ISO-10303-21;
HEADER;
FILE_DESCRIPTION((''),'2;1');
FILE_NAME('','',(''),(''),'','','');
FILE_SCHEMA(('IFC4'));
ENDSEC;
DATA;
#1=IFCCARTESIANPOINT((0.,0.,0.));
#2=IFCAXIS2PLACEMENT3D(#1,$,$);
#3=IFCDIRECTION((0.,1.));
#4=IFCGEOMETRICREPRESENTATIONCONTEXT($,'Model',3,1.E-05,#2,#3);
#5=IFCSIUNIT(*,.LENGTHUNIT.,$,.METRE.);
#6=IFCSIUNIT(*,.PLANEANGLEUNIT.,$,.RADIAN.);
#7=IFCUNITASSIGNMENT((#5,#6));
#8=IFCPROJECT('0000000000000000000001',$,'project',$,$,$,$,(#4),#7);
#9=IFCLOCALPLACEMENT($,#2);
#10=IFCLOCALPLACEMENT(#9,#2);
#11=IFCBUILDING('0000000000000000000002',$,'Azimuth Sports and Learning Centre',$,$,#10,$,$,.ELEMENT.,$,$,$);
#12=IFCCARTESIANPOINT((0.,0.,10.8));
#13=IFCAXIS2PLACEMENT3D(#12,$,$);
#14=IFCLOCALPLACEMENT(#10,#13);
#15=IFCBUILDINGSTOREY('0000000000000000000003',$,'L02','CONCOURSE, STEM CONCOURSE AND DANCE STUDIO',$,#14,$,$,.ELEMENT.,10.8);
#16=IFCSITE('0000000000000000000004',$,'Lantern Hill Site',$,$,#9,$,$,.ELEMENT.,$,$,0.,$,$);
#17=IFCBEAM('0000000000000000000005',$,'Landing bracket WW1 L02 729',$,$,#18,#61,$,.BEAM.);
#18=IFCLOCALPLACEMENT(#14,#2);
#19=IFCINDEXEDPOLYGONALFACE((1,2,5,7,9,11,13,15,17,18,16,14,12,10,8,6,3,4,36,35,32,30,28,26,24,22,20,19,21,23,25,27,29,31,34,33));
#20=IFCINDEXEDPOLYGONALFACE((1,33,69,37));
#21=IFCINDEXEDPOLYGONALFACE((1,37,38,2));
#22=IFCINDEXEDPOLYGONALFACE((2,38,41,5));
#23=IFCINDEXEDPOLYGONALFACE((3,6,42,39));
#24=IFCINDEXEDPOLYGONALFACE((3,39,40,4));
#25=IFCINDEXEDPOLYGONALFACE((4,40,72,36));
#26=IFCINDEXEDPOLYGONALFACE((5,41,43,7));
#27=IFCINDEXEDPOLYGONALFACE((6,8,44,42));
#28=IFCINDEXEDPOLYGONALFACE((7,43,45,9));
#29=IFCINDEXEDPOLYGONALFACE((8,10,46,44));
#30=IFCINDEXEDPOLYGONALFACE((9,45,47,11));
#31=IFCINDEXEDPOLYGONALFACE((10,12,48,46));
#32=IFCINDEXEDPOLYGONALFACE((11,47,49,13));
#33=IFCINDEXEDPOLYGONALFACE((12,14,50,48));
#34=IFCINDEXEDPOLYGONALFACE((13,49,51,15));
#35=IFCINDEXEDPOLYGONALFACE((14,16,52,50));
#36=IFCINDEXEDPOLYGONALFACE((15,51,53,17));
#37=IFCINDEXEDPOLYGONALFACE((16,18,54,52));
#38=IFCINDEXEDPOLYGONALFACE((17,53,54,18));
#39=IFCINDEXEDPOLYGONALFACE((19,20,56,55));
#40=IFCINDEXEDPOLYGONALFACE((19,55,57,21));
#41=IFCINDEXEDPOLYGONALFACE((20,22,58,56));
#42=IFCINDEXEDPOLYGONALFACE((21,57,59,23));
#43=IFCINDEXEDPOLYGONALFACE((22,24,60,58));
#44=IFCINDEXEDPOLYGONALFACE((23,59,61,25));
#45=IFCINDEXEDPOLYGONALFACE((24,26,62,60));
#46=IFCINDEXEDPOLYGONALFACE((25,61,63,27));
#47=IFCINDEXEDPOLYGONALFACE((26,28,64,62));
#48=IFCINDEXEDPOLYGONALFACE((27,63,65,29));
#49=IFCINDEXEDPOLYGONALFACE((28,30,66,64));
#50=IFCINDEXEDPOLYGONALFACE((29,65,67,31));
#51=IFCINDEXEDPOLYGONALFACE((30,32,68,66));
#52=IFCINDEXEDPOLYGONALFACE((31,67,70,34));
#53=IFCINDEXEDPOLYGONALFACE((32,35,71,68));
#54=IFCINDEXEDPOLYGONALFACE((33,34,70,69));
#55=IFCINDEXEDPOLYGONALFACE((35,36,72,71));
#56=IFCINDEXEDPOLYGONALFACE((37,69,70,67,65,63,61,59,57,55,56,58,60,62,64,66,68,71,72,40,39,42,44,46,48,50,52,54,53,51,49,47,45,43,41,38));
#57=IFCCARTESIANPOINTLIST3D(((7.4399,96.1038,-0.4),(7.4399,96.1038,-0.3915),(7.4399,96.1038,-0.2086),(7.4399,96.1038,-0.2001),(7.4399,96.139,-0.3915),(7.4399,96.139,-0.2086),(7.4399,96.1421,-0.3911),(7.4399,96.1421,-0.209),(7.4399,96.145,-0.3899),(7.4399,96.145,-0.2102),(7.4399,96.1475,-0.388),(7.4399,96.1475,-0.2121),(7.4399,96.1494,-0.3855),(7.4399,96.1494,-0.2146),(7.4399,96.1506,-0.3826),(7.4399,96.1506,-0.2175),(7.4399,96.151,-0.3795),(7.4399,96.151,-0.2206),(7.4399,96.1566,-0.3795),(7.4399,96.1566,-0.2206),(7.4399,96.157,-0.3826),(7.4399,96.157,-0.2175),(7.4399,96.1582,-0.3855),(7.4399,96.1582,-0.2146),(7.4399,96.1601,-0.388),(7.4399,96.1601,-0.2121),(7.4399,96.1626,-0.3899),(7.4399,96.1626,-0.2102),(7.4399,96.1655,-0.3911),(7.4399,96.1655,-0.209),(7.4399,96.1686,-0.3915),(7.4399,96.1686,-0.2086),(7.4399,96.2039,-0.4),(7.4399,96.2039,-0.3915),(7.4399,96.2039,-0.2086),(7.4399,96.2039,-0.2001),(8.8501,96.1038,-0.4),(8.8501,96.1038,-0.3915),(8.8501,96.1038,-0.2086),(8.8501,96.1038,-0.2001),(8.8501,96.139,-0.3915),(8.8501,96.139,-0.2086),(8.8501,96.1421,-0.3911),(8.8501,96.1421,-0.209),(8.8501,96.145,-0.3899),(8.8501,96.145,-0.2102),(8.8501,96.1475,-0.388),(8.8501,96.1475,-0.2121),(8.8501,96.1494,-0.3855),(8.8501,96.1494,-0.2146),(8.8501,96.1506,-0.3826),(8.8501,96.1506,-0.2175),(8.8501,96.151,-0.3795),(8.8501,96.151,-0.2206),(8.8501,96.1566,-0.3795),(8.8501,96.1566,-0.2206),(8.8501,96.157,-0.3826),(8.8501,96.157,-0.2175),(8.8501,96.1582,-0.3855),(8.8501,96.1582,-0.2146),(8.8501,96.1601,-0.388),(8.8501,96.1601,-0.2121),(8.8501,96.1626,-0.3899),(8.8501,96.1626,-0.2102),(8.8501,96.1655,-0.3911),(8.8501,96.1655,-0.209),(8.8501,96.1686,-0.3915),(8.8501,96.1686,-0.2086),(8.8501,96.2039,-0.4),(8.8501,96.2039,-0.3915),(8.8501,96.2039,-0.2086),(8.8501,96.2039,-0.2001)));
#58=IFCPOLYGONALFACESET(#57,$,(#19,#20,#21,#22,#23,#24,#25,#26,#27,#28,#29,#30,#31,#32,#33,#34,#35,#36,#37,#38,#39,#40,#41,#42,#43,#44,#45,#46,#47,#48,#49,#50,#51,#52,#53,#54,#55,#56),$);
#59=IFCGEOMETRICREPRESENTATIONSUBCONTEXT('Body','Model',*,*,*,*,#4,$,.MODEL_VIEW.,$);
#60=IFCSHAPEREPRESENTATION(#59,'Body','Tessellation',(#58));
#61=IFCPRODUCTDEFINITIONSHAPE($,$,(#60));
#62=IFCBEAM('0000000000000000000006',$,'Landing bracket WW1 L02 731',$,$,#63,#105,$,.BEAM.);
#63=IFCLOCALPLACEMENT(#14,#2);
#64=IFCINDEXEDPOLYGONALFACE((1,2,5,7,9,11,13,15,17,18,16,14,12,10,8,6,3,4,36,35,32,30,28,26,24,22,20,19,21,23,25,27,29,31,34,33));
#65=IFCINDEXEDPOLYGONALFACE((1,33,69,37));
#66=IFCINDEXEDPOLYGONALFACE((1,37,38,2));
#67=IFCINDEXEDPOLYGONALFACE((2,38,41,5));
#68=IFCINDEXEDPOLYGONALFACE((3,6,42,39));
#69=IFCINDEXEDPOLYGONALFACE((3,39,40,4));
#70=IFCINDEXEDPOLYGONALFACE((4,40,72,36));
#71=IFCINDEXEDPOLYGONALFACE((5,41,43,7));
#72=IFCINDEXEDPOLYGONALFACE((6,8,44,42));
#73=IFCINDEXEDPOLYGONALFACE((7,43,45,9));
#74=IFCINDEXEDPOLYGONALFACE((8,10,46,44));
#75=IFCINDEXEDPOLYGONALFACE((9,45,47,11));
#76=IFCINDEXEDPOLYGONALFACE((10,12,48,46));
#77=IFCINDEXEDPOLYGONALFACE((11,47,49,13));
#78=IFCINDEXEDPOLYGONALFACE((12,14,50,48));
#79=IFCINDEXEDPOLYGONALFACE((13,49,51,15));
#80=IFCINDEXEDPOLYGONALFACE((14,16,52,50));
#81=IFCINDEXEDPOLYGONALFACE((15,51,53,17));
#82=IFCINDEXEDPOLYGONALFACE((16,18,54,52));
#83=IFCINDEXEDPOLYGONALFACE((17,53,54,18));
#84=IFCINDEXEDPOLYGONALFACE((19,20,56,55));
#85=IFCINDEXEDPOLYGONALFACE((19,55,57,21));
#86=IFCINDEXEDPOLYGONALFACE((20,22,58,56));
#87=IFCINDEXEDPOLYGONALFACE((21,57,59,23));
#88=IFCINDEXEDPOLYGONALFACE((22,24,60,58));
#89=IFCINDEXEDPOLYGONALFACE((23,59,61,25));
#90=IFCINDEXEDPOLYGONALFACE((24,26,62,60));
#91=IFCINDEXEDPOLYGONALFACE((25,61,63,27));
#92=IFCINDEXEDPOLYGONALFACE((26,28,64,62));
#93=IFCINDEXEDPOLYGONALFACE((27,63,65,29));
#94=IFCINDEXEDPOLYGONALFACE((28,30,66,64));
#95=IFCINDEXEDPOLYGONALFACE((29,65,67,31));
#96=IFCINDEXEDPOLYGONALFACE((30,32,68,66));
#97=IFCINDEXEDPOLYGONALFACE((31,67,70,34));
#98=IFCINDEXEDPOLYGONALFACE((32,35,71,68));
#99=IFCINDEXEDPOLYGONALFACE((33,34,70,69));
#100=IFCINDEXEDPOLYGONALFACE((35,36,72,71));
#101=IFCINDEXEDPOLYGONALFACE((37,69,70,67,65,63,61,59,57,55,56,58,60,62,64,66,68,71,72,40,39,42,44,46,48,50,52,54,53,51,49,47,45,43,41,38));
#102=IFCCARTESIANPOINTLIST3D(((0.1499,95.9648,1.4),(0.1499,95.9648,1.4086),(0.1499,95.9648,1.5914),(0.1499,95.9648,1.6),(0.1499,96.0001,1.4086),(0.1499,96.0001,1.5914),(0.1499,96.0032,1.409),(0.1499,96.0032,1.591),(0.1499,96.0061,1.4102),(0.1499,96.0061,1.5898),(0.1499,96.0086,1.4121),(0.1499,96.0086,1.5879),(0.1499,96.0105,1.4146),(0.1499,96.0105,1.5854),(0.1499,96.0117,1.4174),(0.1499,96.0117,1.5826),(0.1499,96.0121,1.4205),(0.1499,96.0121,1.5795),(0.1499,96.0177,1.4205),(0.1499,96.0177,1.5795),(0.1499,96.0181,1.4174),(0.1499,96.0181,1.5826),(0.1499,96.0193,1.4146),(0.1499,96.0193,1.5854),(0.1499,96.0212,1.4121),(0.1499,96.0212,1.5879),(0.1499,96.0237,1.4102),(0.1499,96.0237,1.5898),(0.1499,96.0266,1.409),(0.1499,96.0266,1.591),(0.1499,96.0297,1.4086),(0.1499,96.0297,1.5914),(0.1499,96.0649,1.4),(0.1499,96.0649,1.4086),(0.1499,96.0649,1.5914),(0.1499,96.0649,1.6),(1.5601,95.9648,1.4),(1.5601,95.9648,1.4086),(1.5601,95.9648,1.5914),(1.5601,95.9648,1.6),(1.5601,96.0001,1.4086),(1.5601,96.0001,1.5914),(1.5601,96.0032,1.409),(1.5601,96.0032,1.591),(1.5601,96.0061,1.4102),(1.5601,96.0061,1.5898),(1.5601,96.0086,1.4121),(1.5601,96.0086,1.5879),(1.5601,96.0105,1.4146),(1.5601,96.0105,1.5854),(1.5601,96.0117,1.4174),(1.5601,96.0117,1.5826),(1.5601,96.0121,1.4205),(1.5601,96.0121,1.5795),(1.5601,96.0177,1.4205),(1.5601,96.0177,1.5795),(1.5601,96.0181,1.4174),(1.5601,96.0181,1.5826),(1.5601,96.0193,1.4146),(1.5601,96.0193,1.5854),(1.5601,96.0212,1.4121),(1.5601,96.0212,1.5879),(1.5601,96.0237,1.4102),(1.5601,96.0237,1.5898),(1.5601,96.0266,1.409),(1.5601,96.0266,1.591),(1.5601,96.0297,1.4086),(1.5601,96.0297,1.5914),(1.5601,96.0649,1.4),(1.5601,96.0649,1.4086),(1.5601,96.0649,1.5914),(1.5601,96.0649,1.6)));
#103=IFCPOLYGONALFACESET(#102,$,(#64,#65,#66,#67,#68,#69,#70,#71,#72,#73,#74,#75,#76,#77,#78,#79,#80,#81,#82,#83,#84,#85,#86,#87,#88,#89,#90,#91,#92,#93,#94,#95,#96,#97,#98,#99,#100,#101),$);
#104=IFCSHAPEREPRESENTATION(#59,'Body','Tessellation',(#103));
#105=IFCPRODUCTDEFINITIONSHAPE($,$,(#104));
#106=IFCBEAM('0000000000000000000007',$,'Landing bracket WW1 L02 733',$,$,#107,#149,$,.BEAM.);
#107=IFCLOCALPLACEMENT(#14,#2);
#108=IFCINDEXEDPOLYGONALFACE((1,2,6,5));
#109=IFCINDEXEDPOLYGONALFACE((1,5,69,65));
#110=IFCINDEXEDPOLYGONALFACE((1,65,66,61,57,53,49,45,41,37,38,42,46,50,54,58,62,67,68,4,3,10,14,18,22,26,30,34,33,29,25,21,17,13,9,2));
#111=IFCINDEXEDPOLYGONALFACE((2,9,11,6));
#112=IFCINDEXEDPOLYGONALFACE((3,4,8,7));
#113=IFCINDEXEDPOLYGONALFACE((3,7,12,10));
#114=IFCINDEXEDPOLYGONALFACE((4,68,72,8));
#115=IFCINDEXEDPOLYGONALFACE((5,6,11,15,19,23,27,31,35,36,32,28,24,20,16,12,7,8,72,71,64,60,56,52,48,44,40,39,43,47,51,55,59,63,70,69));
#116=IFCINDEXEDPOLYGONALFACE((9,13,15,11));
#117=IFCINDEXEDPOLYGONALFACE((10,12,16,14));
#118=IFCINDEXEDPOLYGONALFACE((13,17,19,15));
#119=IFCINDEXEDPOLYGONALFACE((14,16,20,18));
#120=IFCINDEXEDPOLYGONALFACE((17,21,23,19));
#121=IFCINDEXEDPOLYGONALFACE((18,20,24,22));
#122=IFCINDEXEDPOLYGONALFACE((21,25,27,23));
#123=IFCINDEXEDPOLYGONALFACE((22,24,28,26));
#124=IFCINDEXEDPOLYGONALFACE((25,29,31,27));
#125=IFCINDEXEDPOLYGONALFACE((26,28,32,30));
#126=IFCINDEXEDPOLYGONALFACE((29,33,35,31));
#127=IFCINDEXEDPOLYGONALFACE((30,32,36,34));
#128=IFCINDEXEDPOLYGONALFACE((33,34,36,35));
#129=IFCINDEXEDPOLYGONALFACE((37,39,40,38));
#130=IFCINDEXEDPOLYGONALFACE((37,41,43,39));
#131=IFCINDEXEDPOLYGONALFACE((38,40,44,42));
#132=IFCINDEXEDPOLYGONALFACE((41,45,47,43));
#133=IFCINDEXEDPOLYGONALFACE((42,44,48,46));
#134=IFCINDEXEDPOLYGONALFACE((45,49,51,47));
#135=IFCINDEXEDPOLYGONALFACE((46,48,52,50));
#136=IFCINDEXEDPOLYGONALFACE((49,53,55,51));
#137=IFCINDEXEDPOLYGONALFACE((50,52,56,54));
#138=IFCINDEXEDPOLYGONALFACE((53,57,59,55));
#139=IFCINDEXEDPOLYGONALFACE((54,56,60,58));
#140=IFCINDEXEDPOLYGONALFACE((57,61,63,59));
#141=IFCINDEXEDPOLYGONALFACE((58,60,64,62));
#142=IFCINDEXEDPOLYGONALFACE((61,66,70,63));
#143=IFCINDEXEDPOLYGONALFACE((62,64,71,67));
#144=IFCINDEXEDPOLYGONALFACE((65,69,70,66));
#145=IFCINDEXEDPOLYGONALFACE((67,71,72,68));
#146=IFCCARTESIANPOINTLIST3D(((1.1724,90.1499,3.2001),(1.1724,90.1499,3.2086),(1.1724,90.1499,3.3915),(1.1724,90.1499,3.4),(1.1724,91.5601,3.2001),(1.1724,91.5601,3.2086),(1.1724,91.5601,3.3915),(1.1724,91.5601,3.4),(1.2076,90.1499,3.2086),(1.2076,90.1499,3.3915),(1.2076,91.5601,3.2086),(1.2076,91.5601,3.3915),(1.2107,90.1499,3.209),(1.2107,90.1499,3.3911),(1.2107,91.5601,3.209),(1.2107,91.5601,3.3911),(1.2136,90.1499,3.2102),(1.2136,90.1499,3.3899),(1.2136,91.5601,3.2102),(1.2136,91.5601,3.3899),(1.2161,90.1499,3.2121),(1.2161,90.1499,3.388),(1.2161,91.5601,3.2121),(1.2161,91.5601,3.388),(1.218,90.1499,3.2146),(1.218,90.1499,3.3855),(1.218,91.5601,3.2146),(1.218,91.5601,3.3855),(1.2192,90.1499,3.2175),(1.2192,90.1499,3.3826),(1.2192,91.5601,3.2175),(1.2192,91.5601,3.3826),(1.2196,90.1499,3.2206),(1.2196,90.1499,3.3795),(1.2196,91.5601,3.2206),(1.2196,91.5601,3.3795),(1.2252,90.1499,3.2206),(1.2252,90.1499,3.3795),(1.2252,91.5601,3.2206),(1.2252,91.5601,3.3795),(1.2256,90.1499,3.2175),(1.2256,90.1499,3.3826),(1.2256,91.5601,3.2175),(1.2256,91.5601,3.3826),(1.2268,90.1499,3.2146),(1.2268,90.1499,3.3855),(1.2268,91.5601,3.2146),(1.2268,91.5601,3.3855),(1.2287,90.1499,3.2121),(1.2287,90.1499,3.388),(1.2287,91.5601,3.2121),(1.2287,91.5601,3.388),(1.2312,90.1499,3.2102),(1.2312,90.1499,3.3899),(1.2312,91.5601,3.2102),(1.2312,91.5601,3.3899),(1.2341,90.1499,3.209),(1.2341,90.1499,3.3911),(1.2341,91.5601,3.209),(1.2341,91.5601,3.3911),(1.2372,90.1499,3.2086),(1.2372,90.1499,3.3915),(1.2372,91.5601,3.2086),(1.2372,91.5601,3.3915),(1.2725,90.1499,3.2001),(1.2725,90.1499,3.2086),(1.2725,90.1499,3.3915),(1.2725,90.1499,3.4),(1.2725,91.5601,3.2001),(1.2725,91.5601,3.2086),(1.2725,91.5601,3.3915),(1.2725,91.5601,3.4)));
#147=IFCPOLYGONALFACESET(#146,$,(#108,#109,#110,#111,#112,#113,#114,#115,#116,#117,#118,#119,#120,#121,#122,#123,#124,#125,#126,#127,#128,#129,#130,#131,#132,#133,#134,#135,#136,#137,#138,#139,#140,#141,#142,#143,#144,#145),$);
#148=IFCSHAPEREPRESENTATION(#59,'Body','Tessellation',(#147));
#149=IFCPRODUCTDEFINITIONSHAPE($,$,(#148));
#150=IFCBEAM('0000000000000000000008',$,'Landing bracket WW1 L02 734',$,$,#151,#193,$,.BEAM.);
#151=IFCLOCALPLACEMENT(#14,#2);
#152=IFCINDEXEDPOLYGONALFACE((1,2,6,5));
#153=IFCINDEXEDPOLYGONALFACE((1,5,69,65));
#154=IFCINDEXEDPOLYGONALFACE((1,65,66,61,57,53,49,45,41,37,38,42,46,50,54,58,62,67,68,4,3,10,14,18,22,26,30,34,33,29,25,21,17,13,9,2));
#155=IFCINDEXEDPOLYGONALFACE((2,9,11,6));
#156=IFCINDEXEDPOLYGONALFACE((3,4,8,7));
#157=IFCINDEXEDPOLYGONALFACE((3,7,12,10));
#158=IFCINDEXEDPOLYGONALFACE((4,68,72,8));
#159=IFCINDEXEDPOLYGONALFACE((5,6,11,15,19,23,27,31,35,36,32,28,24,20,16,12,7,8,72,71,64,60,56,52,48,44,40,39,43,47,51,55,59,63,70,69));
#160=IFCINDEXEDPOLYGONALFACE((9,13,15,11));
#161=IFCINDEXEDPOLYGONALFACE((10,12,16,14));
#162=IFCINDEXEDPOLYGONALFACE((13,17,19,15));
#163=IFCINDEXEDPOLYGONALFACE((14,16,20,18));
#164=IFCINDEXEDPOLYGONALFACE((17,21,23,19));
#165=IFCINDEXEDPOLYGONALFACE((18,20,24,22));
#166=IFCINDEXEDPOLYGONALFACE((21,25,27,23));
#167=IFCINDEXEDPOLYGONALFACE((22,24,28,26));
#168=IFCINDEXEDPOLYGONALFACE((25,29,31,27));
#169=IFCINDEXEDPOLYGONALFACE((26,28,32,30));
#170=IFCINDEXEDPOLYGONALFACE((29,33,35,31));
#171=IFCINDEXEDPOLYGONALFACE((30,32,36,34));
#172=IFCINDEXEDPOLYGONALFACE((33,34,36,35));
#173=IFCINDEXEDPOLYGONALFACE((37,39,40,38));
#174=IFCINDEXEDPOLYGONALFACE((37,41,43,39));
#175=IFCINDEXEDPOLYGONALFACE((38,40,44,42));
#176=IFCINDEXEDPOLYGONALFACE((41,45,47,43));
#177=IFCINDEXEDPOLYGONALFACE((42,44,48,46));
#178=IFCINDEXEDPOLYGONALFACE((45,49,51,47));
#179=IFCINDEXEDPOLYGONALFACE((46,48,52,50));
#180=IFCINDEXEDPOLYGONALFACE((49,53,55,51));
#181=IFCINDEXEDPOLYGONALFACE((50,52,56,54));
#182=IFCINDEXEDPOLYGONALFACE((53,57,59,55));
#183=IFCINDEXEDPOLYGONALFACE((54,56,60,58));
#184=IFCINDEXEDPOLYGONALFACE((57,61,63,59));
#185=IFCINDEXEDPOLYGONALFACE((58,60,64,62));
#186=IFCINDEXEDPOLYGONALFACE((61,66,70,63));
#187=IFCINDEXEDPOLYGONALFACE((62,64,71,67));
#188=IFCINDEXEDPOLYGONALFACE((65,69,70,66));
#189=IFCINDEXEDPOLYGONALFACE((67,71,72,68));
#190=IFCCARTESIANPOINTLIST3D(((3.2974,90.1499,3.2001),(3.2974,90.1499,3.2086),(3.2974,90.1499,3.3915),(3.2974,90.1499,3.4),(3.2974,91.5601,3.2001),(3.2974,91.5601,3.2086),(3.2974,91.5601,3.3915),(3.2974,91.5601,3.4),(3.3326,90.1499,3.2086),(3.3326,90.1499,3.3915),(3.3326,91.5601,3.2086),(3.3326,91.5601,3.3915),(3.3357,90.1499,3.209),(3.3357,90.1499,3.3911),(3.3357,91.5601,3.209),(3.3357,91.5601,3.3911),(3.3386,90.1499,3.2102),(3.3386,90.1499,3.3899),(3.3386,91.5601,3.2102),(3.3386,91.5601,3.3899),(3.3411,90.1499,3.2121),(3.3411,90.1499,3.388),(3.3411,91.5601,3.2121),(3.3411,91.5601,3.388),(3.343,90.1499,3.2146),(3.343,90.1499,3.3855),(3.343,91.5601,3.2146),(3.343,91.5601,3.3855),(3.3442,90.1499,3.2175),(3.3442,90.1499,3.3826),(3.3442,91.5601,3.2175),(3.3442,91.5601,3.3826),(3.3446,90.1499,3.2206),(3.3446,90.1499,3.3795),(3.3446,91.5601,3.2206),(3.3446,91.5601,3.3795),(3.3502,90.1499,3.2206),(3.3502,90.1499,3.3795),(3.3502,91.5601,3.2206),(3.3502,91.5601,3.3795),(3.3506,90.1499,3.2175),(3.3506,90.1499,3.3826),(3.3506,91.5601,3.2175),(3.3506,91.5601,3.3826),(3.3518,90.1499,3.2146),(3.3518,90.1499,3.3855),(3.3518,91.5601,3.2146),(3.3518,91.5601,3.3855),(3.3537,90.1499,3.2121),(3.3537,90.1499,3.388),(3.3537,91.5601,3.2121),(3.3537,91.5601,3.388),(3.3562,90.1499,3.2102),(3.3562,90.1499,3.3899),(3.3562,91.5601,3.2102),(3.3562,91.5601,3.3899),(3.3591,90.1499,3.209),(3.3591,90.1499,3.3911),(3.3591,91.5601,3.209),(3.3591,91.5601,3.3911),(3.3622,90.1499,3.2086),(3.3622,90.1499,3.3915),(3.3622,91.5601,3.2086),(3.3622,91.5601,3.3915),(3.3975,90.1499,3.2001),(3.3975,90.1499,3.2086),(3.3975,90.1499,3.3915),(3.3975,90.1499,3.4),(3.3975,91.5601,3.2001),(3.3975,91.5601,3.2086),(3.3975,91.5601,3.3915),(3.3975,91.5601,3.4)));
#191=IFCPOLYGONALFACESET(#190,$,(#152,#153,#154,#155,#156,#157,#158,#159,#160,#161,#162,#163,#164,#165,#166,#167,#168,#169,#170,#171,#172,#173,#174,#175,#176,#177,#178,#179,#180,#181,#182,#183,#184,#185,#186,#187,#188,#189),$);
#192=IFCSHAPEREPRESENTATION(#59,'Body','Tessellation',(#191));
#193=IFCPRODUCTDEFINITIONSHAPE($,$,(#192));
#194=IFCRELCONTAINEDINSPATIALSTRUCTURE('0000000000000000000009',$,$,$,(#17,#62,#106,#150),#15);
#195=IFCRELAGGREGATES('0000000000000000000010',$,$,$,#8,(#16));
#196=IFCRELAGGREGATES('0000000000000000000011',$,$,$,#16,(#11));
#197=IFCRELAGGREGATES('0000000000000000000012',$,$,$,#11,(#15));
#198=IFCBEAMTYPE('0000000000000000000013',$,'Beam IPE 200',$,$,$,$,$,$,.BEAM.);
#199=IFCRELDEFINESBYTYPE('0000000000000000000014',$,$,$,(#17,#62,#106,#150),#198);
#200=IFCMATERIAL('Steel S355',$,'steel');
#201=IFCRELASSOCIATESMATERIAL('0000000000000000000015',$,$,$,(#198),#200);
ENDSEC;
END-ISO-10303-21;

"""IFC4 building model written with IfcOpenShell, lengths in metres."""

from ifc_helpers import new_model, si_unit, direction, frame, origin, origin_2d, place, context, subcontext, project, spatial, i_section, extrude, material, material_profile, profile_set, type_object, element, save


model = new_model("IFC4")

# Units and contexts
model_context = context("Model", 3, precision=1e-05, world=origin(), true_north=direction((0.0, 1.0)))
body_context = subcontext(model_context, "Body", "Model", "MODEL_VIEW")
ifc_project = project(units=[si_unit("LENGTHUNIT", "METRE"), si_unit("PLANEANGLEUNIT", "RADIAN")], contexts=[model_context])

# Site, building, storey
site_placement = place(None, origin())
site = spatial("IfcSite", under=ifc_project, at=site_placement, Name="Lantern Hill Site", CompositionType="ELEMENT", RefElevation=0.0)
building_placement = place(site_placement, origin())
building = spatial("IfcBuilding", under=site, at=building_placement, Name="Azimuth Sports and Learning Centre", CompositionType="ELEMENT")
storey_placement = place(building_placement, frame((0.0, 0.0, 10.8)))
storey = spatial("IfcBuildingStorey", under=building, at=storey_placement, Name="L02", Description="CONCOURSE, STEM CONCOURSE AND DANCE STUDIO", CompositionType="ELEMENT", Elevation=10.8)

# Beams
ifc_material_1 = material(Name="Steel S355", Category="steel")
ifc_material_profile_1 = material_profile(ifc_material_1, i_section(OverallWidth=0.1001, OverallDepth=0.2, WebThickness=0.0056, FlangeThickness=0.0085, FilletRadius=0.012, at=origin_2d()), Name="IPE 200")
ifc_profile_set_1 = profile_set([ifc_material_profile_1], Name="Steel S355")
beam_type_1 = type_object("IfcBeamType", Name="Beam IPE 200", PredefinedType="BEAM", material=ifc_profile_set_1)
for number, where, z_axis, x_axis, name in (
    (1, (8.8501, 96.1538, -0.3), (-1.0, 0.0, 0.0), (0.0, -1.0, 0.0), "Landing bracket WW1 L02 729"),
    (2, (0.1499, 96.0149, 1.5), (1.0, 0.0, 0.0), (0.0, 1.0, 0.0), "Landing bracket WW1 L02 731"),
    (3, (1.2224, 90.1499, 3.3), (0.0, 1.0, 0.0), (-1.0, 0.0, 0.0), "Landing bracket WW1 L02 733"),
    (4, (3.3474, 90.1499, 3.3), (0.0, 1.0, 0.0), (-1.0, 0.0, 0.0), "Landing bracket WW1 L02 734"),
):
    element("IfcBeam", number, at=place(storey_placement, frame(where, z_axis=z_axis, x_axis=x_axis)), inside=storey, type_object=beam_type_1, Name=name, PredefinedType="BEAM", context=body_context, shape_type="SweptSolid", body=[
        extrude(i_section(OverallWidth=0.1001, OverallDepth=0.2, WebThickness=0.0056, FlangeThickness=0.0085, FilletRadius=0.012, at=origin_2d()), origin(), (0.0, 0.0, 1.0), 1.4102),
    ])

save(model, "model.ifc")
